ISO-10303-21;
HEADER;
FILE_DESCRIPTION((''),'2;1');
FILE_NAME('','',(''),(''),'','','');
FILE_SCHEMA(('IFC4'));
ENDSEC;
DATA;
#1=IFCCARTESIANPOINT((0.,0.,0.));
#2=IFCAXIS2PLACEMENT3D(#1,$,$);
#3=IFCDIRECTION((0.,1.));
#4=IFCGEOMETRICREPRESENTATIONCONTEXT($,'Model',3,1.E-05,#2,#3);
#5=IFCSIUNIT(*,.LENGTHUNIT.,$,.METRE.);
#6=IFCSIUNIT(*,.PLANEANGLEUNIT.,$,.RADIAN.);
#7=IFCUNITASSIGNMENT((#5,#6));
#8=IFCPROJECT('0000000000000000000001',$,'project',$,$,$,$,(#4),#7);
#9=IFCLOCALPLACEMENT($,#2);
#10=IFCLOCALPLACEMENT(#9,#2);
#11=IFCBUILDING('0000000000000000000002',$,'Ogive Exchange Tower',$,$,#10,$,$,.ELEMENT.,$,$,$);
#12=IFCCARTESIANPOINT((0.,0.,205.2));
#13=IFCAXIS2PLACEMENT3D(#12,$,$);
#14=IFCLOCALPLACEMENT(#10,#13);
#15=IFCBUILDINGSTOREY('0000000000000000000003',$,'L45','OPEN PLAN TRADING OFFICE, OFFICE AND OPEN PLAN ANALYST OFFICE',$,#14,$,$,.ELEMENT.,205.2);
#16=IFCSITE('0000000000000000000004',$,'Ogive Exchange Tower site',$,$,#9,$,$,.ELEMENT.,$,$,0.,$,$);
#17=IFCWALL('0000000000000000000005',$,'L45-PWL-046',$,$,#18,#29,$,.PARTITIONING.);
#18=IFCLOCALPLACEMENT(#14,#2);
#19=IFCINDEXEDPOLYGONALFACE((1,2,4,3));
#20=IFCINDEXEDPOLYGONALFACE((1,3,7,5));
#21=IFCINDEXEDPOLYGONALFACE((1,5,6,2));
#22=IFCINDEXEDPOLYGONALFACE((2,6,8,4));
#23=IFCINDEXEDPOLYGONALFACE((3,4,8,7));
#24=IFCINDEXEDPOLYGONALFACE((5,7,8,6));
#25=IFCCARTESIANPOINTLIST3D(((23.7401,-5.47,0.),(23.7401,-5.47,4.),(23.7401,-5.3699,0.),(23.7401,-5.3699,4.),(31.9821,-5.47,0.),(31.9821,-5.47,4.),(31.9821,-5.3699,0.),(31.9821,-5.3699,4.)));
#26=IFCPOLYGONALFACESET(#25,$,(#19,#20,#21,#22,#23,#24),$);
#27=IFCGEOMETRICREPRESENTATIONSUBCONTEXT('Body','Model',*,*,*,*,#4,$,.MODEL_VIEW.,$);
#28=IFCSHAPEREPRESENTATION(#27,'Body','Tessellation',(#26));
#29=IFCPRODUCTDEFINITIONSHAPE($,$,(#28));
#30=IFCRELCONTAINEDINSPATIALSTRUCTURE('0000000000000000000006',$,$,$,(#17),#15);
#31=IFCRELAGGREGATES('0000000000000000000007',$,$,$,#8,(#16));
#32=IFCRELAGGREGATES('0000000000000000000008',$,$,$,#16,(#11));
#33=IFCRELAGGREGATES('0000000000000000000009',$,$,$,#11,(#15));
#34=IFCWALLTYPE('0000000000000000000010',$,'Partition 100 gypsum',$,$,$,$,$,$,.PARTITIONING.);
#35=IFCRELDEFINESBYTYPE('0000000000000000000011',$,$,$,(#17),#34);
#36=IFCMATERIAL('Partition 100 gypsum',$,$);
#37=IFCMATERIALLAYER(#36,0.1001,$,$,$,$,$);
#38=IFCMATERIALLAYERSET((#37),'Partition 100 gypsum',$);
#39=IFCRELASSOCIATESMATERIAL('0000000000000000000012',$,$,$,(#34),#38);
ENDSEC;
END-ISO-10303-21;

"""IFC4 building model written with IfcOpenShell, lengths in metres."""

from ifc_helpers import new_model, si_unit, direction, frame, frame_2d, origin, place, context, subcontext, project, spatial, rectangle, extrude, material, layer, layer_set, type_object, element, save


model = new_model("IFC4")

# Units and contexts
model_context = context("Model", 3, precision=1e-05, world=origin(), true_north=direction((0.0, 1.0)))
body_context = subcontext(model_context, "Body", "Model", "MODEL_VIEW")
ifc_project = project(units=[si_unit("LENGTHUNIT", "METRE"), si_unit("PLANEANGLEUNIT", "RADIAN")], contexts=[model_context])

# Site, building, storey
site_placement = place(None, origin())
site = spatial("IfcSite", under=ifc_project, at=site_placement, Name="Ogive Exchange Tower site", CompositionType="ELEMENT", RefElevation=0.0)
building_placement = place(site_placement, origin())
building = spatial("IfcBuilding", under=site, at=building_placement, Name="Ogive Exchange Tower", CompositionType="ELEMENT")
storey_placement = place(building_placement, frame((0.0, 0.0, 205.2)))
storey = spatial("IfcBuildingStorey", under=building, at=storey_placement, Name="L45", Description="OPEN PLAN TRADING OFFICE, OFFICE AND OPEN PLAN ANALYST OFFICE", CompositionType="ELEMENT", Elevation=205.2)

# Wall
ifc_material_1 = material(Name="Partition 100 gypsum")
ifc_layer_1 = layer(ifc_material_1, 0.1001)
ifc_layer_set_1 = layer_set([ifc_layer_1], Name="Partition 100 gypsum")
wall_type_1 = type_object("IfcWallType", Name="Partition 100 gypsum", PredefinedType="PARTITIONING", material=ifc_layer_set_1)
wall_1_placement = place(storey_placement, frame((23.74, -5.4199, 0.0), z_axis=(0.0, 0.0, 1.0), x_axis=(1.0, 0.0, 0.0)))
element("IfcWall", 1, at=wall_1_placement, inside=storey, type_object=wall_type_1, Name="L45-PWL-046", PredefinedType="PARTITIONING", context=body_context, shape_type="SweptSolid", body=[
    extrude(rectangle(XDim=8.2419, YDim=0.1001, at=frame_2d((4.1211, 0.0))), origin(), (0.0, 0.0, 1.0), 4.0),
])

save(model, "model.ifc")
